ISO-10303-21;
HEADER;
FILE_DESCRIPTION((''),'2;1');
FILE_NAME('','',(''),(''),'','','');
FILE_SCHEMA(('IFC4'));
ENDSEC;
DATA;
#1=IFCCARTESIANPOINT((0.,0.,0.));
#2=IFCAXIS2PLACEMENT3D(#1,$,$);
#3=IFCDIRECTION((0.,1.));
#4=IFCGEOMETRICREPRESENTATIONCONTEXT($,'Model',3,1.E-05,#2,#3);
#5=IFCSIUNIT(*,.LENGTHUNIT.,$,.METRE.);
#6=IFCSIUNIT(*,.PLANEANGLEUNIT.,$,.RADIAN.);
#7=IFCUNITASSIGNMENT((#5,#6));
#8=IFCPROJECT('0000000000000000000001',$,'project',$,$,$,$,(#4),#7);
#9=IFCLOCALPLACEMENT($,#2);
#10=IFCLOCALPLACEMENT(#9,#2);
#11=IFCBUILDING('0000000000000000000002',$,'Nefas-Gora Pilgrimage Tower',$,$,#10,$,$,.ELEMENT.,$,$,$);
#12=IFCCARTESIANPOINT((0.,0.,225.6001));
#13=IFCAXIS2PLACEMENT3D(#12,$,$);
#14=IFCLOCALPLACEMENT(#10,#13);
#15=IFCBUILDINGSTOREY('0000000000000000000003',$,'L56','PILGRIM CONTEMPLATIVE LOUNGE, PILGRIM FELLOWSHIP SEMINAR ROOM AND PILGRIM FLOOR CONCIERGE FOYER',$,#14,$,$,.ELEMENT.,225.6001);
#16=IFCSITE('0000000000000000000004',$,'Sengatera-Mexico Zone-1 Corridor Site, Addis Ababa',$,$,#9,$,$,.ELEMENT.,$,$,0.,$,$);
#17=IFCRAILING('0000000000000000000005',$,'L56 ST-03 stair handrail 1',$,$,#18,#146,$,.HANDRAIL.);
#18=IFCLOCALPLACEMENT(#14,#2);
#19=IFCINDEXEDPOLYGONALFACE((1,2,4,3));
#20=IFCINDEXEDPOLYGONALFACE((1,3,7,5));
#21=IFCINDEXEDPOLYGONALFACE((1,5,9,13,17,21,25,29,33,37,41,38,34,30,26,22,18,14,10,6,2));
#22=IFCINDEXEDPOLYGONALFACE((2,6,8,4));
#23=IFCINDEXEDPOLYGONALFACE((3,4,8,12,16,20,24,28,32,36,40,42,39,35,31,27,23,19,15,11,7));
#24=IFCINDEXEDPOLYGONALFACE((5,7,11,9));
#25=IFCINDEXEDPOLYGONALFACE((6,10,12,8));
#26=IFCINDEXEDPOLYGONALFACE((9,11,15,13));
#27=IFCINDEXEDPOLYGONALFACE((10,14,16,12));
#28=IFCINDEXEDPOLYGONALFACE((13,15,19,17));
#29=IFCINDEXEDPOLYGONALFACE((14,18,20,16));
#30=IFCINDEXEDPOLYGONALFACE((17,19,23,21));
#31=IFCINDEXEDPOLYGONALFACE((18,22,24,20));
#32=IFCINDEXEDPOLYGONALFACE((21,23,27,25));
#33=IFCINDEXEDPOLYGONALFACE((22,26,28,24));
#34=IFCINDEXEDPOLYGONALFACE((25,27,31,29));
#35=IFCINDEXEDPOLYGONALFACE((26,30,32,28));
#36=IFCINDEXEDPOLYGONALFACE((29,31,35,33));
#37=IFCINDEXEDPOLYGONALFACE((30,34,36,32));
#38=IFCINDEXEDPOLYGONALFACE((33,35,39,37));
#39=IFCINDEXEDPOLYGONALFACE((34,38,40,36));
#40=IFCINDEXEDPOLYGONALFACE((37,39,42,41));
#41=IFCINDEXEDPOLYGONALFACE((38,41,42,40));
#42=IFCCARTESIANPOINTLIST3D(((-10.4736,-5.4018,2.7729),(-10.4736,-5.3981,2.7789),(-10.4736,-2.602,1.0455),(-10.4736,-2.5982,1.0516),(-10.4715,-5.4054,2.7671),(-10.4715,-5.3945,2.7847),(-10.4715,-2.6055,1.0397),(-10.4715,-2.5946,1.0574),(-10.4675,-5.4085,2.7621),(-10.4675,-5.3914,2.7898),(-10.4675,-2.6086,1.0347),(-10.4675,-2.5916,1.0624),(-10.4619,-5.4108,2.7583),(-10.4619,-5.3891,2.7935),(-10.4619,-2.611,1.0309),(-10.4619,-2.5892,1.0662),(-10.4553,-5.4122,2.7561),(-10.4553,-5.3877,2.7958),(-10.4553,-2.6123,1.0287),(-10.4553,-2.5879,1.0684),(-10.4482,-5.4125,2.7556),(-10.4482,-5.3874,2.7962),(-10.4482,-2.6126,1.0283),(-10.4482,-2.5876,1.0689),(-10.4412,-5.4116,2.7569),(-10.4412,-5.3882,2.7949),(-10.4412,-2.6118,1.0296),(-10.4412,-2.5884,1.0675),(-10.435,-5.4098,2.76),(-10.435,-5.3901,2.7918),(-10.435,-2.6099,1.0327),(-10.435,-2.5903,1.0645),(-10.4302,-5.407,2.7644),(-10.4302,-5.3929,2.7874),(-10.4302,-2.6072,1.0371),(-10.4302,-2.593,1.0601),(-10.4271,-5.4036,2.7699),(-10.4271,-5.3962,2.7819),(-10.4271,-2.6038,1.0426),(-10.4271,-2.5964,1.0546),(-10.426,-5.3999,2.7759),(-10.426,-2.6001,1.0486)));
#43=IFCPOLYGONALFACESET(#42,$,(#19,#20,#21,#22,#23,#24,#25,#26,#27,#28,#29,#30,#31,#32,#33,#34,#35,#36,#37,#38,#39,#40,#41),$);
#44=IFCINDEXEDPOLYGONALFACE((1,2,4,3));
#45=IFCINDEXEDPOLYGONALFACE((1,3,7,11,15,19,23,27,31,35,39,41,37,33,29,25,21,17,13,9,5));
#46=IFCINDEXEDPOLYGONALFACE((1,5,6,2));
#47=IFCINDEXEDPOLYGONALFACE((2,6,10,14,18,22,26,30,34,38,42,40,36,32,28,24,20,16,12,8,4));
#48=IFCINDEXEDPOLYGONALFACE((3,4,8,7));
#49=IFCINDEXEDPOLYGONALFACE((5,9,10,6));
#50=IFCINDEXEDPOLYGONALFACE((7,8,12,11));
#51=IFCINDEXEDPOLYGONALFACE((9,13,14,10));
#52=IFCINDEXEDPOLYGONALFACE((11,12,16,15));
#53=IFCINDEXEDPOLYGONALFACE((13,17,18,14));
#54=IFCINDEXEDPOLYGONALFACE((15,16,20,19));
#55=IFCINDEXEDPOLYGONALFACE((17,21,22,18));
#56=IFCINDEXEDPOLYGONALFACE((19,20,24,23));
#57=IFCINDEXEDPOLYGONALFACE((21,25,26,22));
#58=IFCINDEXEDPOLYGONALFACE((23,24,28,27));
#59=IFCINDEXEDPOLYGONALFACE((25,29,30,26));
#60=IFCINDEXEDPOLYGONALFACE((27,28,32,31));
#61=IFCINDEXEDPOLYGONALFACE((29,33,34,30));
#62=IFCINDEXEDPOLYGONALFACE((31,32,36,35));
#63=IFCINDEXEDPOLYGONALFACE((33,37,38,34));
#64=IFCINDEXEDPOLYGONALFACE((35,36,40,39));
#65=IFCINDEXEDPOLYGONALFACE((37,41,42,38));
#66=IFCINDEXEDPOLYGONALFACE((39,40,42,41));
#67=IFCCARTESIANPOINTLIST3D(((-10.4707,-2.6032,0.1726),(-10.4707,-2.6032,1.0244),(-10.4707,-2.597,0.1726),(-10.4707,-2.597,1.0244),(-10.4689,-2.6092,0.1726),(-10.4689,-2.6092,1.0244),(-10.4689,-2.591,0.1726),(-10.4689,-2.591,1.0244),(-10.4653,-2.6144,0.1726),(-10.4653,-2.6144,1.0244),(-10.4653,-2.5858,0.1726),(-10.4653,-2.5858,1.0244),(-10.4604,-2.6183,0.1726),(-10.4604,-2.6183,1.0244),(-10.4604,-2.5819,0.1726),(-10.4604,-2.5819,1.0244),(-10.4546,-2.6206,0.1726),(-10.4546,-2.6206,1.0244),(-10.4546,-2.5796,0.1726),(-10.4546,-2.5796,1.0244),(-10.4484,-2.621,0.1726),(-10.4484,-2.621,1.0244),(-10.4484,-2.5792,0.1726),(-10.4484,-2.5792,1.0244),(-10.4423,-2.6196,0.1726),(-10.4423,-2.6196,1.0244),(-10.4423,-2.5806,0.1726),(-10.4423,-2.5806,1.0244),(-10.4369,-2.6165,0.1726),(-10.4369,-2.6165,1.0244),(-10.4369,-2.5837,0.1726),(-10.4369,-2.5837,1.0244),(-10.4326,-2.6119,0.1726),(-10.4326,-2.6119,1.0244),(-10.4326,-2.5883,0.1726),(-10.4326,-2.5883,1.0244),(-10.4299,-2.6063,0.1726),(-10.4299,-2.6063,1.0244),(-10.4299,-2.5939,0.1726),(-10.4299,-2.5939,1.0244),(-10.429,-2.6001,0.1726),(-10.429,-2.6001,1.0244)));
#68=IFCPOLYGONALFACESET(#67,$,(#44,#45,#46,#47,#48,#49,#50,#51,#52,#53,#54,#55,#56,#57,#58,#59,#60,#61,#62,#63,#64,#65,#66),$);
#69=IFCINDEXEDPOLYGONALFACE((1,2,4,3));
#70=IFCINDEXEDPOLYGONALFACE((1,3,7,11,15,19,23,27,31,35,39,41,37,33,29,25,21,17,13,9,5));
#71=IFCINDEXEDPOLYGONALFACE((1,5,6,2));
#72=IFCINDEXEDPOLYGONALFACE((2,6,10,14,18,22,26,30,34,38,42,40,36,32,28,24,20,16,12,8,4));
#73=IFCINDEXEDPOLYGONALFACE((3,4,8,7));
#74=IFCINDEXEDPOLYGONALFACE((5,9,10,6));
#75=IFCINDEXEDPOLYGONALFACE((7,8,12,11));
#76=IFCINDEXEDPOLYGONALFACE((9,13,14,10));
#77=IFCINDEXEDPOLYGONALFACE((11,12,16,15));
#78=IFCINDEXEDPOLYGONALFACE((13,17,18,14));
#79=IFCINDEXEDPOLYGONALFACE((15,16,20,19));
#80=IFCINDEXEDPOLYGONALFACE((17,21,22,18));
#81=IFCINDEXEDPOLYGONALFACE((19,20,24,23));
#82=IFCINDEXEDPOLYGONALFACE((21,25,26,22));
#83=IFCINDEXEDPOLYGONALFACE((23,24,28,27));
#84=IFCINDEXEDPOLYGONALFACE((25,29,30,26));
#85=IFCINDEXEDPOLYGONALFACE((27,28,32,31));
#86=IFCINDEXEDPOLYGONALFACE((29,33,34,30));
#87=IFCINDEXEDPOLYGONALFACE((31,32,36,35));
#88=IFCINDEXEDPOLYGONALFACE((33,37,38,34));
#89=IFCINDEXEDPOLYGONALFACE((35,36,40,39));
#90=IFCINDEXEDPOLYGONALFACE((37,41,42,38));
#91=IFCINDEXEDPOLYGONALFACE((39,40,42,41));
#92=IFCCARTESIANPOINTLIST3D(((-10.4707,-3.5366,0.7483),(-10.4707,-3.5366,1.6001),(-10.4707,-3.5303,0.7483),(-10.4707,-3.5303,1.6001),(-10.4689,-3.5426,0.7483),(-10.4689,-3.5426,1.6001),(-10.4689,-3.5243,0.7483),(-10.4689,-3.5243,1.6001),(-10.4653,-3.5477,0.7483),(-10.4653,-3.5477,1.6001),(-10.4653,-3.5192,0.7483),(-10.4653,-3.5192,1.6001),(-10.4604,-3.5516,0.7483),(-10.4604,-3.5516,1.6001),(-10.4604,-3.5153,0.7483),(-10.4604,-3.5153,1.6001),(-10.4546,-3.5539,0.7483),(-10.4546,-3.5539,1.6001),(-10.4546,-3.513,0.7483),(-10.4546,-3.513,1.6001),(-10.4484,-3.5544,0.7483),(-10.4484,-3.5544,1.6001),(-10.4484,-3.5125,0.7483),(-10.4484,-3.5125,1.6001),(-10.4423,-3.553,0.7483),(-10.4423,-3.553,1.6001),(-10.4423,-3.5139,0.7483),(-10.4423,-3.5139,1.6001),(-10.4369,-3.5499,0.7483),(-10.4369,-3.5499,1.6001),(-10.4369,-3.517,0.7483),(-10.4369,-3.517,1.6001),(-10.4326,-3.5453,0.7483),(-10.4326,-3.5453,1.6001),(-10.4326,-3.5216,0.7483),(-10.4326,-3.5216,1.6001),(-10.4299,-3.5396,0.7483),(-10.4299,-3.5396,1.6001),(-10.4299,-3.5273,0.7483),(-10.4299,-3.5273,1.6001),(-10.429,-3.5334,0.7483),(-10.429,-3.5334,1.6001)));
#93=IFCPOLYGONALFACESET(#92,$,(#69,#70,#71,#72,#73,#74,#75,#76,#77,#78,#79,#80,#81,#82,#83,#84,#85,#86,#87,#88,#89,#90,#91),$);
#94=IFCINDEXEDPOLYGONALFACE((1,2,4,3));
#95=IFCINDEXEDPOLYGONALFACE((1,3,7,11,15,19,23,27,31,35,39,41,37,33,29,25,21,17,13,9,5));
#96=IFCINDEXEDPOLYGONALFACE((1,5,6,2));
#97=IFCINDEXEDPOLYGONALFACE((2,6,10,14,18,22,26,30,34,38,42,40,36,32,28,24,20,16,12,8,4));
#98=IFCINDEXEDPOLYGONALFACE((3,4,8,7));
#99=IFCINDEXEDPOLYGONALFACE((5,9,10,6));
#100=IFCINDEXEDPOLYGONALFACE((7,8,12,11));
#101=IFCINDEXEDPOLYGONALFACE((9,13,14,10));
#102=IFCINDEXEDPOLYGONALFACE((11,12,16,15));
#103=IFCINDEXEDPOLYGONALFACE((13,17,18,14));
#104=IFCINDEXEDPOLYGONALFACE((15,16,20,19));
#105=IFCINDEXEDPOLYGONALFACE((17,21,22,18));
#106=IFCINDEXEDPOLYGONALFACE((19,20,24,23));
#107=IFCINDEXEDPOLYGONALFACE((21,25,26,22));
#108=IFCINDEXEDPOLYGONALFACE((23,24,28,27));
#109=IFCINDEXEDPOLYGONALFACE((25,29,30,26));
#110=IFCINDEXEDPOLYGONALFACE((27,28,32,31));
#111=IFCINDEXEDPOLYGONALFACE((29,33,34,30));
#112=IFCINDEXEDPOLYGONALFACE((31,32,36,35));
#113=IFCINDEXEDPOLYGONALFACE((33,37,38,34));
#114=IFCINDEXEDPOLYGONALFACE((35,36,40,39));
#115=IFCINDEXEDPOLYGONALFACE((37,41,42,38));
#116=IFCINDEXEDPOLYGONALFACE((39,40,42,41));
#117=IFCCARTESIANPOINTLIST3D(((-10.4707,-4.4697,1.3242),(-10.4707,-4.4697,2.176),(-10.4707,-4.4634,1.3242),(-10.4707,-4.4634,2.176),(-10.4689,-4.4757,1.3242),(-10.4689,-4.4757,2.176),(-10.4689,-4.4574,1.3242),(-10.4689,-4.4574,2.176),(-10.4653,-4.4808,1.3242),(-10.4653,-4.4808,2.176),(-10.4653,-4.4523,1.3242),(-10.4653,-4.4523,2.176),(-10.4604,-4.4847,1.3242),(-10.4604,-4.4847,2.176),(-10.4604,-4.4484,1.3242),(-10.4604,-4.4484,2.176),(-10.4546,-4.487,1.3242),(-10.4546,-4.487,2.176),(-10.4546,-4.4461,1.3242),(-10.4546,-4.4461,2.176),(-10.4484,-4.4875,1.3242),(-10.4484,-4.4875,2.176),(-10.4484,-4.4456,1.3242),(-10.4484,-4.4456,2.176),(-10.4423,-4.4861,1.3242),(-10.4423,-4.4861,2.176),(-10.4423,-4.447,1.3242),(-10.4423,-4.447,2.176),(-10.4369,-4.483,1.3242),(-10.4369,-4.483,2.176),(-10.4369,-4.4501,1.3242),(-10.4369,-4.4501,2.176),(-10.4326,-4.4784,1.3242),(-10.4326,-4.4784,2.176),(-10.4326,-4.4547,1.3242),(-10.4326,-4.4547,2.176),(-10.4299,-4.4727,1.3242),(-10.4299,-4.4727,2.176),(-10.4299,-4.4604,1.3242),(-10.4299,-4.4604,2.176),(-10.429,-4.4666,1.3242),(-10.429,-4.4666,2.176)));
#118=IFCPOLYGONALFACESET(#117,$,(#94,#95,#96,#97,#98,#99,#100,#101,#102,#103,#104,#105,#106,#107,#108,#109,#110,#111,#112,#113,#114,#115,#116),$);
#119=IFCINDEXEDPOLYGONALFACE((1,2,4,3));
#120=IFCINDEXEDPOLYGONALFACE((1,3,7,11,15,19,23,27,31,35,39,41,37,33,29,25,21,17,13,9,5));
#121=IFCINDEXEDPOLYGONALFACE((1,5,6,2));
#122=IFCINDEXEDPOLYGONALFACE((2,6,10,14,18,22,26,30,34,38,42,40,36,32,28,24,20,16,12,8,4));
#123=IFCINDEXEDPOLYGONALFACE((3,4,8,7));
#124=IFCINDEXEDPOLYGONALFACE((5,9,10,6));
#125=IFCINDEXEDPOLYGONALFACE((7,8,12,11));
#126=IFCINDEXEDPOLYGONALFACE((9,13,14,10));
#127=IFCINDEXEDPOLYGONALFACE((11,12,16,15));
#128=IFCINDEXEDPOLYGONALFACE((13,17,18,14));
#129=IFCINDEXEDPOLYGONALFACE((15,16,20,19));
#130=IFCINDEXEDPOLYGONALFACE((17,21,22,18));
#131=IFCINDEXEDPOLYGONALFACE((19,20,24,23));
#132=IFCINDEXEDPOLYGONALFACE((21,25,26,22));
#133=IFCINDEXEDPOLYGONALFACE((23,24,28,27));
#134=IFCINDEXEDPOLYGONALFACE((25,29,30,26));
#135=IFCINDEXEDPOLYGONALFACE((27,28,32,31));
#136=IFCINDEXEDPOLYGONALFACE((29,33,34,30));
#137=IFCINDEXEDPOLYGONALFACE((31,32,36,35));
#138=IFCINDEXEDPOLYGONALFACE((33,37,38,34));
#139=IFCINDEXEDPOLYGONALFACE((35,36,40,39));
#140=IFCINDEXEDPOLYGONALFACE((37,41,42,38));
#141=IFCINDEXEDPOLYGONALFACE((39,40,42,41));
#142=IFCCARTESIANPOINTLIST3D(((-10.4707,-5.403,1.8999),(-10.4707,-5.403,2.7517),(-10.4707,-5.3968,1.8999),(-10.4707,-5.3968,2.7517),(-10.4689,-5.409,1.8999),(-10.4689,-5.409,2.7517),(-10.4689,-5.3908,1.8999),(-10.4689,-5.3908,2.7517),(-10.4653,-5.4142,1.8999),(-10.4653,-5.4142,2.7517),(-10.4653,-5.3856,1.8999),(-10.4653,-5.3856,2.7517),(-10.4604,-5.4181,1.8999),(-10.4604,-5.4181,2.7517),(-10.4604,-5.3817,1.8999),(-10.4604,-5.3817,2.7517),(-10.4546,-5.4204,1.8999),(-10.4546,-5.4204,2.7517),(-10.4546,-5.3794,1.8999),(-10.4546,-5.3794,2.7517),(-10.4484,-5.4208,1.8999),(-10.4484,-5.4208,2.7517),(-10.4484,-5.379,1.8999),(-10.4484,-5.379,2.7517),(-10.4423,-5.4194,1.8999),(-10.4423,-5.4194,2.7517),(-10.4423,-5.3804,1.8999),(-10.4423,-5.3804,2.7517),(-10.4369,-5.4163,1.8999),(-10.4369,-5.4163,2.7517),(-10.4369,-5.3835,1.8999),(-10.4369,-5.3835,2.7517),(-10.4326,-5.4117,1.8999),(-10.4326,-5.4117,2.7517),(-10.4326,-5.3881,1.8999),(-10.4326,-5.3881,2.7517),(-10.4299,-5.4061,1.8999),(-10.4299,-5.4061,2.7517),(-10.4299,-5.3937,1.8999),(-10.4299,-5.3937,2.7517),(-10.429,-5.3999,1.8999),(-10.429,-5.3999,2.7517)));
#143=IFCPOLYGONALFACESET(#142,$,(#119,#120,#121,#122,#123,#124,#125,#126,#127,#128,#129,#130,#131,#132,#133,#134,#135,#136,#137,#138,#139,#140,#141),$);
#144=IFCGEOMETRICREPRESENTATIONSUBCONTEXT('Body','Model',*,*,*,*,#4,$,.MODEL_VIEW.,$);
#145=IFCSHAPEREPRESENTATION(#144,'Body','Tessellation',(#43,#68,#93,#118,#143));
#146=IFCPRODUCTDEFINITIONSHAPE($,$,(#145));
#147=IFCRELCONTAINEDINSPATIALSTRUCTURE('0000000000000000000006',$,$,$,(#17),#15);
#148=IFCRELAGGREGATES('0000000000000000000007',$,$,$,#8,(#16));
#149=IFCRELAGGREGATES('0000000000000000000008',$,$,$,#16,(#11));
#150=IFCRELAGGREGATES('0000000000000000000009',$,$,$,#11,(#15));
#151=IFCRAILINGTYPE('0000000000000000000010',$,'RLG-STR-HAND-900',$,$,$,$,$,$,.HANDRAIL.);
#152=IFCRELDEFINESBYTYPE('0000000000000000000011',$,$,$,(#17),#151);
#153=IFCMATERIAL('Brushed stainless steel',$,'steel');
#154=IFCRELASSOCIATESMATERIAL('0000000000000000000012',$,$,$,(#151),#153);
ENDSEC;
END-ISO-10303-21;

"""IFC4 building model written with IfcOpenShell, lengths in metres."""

from ifc_helpers import new_model, si_unit, direction, frame, origin, origin_2d, place, context, subcontext, project, spatial, circle, extrude, material, type_object, element, save


model = new_model("IFC4")

# Units and contexts
model_context = context("Model", 3, precision=1e-05, world=origin(), true_north=direction((0.0, 1.0)))
body_context = subcontext(model_context, "Body", "Model", "MODEL_VIEW")
ifc_project = project(units=[si_unit("LENGTHUNIT", "METRE"), si_unit("PLANEANGLEUNIT", "RADIAN")], contexts=[model_context])

# Site, building, storey
site_placement = place(None, origin())
site = spatial("IfcSite", under=ifc_project, at=site_placement, Name="Sengatera-Mexico Zone-1 Corridor Site, Addis Ababa", CompositionType="ELEMENT", RefElevation=0.0)
building_placement = place(site_placement, origin())
building = spatial("IfcBuilding", under=site, at=building_placement, Name="Nefas-Gora Pilgrimage Tower", CompositionType="ELEMENT")
storey_placement = place(building_placement, frame((0.0, 0.0, 225.6001)))
storey = spatial("IfcBuildingStorey", under=building, at=storey_placement, Name="L56", Description="PILGRIM CONTEMPLATIVE LOUNGE, PILGRIM FELLOWSHIP SEMINAR ROOM AND PILGRIM FLOOR CONCIERGE FOYER", CompositionType="ELEMENT", Elevation=225.6001)

# Railing
ifc_material_1 = material(Name="Brushed stainless steel", Category="steel")
railing_type_1 = type_object("IfcRailingType", Name="RLG-STR-HAND-900", PredefinedType="HANDRAIL", material=ifc_material_1)
railing_1_placement = place(storey_placement, frame((-10.45, -2.6001, 0.1726)))
element("IfcRailing", 1, at=railing_1_placement, inside=storey, type_object=railing_type_1, Name="L56 ST-03 stair handrail 1", PredefinedType="HANDRAIL", context=body_context, shape_type="SweptSolid", body=[
    extrude(circle(Radius=0.0239, at=origin_2d()), frame((0.0, 0.0, 0.876), z_axis=(0.0, -0.851069, 0.525054), x_axis=(1.0, 0.0, 0.0)), (0.0, 0.0, 1.0), 3.2898),
    extrude(circle(Radius=0.021, at=origin_2d()), origin(), (0.0, 0.0, 1.0), 0.8518),
    extrude(circle(Radius=0.021, at=origin_2d()), frame((0.0, -0.9333, 0.5757)), (0.0, 0.0, 1.0), 0.8518),
    extrude(circle(Radius=0.021, at=origin_2d()), frame((0.0, -1.8665, 1.1516)), (0.0, 0.0, 1.0), 0.8518),
    extrude(circle(Radius=0.021, at=origin_2d()), frame((0.0, -2.7998, 1.7273)), (0.0, 0.0, 1.0), 0.8518),
])

save(model, "model.ifc")
